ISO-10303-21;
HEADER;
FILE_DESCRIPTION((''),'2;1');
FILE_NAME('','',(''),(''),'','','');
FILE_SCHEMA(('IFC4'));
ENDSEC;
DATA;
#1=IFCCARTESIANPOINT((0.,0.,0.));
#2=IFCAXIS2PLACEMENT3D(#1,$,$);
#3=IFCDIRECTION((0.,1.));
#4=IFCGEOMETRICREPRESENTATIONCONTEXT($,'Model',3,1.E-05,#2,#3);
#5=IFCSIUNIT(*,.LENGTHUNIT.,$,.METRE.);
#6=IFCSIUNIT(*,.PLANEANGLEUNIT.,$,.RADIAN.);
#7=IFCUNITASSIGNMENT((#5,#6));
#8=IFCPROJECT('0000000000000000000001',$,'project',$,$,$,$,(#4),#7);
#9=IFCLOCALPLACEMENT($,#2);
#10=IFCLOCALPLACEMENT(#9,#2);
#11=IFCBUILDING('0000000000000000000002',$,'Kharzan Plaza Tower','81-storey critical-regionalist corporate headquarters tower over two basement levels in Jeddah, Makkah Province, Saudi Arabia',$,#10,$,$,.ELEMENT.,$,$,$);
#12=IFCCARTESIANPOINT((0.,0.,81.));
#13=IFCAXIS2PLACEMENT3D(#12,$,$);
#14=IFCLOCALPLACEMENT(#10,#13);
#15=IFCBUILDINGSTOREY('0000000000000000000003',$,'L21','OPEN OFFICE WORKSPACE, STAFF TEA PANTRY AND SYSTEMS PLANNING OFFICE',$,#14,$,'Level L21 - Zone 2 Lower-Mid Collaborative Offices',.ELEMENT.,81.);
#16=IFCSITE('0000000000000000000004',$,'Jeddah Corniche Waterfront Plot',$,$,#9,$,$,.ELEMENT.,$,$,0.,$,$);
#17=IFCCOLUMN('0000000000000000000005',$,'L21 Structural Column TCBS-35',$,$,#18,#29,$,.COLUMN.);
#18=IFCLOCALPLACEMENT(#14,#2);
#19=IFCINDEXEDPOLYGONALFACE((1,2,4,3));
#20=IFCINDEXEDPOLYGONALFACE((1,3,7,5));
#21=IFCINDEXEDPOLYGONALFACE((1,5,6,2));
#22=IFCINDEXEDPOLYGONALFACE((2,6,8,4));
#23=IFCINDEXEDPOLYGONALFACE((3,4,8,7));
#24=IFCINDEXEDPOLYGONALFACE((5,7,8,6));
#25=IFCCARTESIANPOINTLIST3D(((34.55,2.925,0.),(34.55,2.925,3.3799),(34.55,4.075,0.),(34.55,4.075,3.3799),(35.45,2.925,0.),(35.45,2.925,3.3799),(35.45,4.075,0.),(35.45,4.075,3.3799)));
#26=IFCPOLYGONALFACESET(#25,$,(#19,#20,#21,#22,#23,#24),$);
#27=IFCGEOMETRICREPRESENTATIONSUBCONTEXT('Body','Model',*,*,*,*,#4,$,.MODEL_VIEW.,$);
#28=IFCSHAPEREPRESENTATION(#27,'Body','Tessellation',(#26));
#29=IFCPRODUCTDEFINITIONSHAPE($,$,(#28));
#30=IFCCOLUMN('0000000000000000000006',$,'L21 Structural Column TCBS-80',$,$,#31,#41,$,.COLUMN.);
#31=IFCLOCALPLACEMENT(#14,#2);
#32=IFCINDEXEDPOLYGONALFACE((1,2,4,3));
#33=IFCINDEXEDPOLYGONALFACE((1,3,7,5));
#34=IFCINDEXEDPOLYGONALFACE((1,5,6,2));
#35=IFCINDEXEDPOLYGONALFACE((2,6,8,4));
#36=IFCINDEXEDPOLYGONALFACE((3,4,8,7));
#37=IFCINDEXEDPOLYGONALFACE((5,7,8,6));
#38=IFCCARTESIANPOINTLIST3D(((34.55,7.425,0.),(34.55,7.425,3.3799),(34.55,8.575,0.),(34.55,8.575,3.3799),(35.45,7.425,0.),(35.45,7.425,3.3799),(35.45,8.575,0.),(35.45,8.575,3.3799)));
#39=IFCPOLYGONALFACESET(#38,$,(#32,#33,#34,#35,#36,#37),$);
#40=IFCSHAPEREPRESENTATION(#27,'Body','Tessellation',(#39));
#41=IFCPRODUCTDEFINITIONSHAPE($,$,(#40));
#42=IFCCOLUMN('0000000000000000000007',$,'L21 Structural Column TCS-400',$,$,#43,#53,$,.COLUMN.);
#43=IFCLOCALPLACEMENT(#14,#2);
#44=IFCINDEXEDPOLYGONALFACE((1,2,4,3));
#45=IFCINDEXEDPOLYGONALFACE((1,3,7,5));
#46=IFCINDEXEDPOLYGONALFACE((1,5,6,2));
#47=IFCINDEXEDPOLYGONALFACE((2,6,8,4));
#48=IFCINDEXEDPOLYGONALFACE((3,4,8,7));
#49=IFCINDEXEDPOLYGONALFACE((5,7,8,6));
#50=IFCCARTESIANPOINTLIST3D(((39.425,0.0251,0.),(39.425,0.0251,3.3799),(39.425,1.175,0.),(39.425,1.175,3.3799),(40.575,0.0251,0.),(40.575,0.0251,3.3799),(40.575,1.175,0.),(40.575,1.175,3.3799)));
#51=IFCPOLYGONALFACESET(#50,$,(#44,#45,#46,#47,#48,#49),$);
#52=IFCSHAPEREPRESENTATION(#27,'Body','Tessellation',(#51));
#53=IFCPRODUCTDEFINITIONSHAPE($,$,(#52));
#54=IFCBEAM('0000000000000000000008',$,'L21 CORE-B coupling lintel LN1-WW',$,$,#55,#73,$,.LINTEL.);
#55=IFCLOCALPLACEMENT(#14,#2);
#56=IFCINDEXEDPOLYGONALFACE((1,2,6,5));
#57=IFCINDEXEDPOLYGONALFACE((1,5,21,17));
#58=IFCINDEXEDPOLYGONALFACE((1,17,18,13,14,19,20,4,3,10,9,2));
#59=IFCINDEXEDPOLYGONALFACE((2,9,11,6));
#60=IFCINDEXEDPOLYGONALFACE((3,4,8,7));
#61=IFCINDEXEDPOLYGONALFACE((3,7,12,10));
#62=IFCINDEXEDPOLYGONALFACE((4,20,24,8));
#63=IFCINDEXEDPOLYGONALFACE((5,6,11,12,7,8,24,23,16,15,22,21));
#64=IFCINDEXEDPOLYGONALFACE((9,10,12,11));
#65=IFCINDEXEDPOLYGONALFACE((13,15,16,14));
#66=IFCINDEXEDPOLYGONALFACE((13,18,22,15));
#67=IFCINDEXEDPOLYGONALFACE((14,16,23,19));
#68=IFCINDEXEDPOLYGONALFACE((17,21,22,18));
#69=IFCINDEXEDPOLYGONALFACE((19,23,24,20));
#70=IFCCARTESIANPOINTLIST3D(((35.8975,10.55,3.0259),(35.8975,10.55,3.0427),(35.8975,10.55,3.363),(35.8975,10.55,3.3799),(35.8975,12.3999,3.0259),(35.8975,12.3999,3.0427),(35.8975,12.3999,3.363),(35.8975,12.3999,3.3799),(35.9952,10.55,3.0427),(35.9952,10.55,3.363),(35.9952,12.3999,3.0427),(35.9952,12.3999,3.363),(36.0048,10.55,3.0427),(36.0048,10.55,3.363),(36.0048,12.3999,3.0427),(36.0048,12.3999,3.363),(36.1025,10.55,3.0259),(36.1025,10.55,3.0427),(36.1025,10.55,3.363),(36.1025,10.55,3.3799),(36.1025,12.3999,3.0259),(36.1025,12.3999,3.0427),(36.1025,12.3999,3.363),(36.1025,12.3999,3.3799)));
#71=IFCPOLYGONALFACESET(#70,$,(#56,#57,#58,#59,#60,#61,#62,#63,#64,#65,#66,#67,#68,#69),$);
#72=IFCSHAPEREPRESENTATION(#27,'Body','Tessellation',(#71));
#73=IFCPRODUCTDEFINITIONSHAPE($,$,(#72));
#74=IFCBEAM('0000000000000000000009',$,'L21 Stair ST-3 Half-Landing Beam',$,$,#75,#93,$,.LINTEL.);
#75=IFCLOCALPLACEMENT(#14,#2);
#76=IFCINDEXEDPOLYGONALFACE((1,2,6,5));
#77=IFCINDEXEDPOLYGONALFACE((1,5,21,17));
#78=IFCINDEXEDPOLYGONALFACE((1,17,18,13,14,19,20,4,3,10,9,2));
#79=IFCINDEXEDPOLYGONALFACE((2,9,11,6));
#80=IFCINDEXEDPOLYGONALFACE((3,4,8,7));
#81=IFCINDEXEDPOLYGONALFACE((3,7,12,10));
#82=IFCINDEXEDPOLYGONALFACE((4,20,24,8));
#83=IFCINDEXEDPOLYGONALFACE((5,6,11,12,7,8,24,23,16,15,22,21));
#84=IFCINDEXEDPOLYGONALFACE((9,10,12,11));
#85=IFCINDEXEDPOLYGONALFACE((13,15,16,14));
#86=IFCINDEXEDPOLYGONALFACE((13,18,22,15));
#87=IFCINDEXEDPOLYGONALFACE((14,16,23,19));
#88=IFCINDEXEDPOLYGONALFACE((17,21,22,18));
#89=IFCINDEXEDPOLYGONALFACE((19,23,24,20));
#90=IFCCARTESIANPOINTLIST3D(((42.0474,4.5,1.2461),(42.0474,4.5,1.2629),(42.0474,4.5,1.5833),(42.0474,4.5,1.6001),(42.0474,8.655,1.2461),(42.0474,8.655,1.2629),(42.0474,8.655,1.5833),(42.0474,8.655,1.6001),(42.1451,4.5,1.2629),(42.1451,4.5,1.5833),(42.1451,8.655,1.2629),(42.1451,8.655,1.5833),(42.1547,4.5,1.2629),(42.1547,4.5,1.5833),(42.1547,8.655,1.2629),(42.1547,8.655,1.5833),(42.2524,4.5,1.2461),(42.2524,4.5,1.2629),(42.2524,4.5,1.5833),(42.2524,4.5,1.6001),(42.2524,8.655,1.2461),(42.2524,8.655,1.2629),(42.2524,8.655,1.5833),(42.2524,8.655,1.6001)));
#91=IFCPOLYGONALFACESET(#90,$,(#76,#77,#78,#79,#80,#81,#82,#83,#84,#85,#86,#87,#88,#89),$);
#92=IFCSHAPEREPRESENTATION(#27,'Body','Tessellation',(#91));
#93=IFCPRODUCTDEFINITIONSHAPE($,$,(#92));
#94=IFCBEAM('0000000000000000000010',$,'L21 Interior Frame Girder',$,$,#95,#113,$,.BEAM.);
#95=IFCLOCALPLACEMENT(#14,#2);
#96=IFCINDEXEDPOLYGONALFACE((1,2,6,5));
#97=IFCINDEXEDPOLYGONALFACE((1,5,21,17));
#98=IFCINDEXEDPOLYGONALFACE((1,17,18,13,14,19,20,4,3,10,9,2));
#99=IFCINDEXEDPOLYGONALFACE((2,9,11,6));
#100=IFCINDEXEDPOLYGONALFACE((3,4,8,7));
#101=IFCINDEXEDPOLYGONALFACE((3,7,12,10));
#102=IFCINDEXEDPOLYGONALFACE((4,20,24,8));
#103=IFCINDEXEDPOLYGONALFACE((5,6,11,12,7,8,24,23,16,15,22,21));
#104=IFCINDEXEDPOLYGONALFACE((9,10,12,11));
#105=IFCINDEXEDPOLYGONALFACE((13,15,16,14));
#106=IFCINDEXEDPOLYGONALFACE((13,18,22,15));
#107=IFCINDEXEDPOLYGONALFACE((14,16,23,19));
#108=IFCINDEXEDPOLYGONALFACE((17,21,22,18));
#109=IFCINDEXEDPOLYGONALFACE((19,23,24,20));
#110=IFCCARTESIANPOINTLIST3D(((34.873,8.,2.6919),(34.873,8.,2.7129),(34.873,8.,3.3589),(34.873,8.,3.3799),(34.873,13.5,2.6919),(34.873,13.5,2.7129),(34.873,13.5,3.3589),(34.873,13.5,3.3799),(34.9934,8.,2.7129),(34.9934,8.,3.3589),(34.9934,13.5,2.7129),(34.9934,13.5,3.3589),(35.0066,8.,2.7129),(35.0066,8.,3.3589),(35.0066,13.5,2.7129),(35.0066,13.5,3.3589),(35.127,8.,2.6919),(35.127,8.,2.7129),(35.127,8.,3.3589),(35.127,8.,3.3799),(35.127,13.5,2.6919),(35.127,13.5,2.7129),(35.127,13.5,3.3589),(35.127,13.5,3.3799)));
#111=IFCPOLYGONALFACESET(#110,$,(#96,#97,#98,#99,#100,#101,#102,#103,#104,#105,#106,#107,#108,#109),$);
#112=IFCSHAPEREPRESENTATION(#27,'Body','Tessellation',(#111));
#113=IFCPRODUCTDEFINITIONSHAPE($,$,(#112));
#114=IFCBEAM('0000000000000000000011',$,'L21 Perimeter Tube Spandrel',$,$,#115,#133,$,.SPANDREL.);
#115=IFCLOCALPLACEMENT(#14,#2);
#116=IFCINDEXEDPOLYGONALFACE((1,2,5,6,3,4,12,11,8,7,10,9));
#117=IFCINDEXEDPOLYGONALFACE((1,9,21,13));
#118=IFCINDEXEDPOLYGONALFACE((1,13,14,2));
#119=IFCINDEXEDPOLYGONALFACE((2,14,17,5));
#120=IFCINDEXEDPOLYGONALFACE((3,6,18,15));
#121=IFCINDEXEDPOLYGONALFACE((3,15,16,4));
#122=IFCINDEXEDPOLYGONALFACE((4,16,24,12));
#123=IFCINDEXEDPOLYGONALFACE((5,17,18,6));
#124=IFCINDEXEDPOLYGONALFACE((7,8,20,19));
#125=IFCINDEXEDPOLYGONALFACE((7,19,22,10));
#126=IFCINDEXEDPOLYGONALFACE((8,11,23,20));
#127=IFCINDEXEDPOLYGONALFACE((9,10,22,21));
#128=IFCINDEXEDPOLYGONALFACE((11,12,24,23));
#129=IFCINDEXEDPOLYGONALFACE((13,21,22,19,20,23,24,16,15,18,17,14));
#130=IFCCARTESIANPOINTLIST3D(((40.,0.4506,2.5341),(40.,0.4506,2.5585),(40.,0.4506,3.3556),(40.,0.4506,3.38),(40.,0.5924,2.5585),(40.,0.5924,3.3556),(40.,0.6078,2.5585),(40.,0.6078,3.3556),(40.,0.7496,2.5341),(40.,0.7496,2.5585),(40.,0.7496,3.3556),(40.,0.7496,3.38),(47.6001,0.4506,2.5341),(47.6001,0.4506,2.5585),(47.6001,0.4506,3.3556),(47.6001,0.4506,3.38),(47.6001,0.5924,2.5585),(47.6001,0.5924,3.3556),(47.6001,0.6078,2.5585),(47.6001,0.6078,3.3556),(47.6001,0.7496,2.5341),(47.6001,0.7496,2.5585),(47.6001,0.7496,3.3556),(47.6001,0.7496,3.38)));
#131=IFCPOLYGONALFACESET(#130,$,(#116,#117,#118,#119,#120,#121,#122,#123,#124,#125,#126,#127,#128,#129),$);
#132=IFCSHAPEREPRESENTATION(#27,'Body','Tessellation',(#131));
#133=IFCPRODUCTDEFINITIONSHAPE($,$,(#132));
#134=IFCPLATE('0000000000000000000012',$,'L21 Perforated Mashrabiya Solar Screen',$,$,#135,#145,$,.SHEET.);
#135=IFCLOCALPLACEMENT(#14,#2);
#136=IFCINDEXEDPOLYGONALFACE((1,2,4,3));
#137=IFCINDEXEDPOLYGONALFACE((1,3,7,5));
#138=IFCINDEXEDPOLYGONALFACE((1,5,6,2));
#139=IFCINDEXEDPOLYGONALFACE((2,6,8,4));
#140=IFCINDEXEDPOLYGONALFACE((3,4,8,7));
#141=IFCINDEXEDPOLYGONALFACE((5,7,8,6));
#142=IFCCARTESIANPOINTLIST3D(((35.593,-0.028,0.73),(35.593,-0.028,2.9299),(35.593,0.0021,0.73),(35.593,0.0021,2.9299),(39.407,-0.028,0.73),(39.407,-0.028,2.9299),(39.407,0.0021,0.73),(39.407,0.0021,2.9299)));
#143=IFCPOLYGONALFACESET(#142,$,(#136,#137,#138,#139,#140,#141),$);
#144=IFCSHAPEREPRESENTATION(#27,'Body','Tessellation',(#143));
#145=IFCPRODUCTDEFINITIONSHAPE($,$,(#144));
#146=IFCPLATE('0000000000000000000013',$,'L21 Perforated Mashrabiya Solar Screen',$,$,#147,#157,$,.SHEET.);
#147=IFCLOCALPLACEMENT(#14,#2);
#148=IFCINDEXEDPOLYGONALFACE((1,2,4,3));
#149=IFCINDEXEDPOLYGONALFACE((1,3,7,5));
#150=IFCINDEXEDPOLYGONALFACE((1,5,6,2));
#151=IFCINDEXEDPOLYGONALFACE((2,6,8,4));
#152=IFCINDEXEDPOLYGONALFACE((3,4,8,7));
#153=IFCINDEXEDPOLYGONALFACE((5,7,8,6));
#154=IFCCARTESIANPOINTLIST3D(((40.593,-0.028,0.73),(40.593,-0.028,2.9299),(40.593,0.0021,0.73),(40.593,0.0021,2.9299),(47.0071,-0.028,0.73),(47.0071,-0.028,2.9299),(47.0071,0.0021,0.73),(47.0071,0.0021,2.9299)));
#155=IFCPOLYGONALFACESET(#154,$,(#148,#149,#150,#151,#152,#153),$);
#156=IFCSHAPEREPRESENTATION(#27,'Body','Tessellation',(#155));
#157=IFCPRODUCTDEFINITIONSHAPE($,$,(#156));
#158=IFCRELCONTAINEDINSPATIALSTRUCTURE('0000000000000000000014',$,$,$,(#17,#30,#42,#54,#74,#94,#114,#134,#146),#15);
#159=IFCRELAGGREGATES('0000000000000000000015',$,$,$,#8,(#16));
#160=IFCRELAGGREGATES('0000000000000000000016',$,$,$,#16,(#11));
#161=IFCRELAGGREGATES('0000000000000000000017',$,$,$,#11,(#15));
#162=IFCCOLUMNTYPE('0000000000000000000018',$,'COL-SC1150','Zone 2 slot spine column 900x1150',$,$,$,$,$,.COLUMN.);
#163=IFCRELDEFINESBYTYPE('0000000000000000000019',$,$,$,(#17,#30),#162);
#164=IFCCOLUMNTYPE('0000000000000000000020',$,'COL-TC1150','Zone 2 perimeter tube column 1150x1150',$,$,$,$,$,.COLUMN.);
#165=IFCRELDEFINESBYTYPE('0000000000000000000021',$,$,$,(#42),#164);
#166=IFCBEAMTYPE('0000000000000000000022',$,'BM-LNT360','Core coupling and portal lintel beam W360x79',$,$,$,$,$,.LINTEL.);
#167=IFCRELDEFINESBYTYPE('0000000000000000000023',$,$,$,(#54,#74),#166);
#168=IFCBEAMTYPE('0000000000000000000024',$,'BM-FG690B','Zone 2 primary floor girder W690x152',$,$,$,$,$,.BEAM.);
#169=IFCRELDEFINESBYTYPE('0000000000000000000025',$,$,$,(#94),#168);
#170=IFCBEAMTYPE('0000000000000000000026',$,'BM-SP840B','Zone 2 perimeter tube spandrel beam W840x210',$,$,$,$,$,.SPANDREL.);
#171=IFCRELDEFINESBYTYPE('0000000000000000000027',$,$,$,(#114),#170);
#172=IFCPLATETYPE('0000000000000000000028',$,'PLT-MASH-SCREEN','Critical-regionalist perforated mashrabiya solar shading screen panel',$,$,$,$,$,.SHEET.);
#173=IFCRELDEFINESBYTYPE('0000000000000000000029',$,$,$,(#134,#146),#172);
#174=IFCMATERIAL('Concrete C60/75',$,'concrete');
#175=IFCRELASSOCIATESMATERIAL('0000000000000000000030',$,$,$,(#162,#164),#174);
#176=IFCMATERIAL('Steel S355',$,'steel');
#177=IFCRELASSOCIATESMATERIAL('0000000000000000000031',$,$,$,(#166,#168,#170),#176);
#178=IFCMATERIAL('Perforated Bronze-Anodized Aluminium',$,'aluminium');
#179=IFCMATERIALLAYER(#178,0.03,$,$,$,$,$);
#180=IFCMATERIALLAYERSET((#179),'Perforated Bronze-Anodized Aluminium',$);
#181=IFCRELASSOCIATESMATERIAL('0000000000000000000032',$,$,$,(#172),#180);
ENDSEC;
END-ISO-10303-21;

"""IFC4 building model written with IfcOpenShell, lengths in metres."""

from ifc_helpers import new_model, si_unit, direction, frame, origin, origin_2d, place, context, subcontext, project, spatial, rectangle, i_section, extrude, source, transform, mapped, material, layer, layer_set, material_profile, profile_set, type_object, element, save


model = new_model("IFC4")

# Units and contexts
model_context = context("Model", 3, precision=1e-05, world=origin(), true_north=direction((0.0, 1.0)))
body_context = subcontext(model_context, "Body", "Model", "MODEL_VIEW")
ifc_project = project(units=[si_unit("LENGTHUNIT", "METRE"), si_unit("PLANEANGLEUNIT", "RADIAN")], contexts=[model_context])

# Site, building, storey
site_placement = place(None, origin())
site = spatial("IfcSite", under=ifc_project, at=site_placement, Name="Jeddah Corniche Waterfront Plot", CompositionType="ELEMENT", RefElevation=0.0)
building_placement = place(site_placement, origin())
building = spatial("IfcBuilding", under=site, at=building_placement, Name="Kharzan Plaza Tower", Description="81-storey critical-regionalist corporate headquarters tower over two basement levels in Jeddah, Makkah Province, Saudi Arabia", CompositionType="ELEMENT")
storey_placement = place(building_placement, frame((0.0, 0.0, 81.0)))
storey = spatial("IfcBuildingStorey", under=building, at=storey_placement, Name="L21", Description="OPEN OFFICE WORKSPACE, STAFF TEA PANTRY AND SYSTEMS PLANNING OFFICE", LongName="Level L21 - Zone 2 Lower-Mid Collaborative Offices", CompositionType="ELEMENT", Elevation=81.0)

# Columns
ifc_material_1 = material(Name="Concrete C60/75", Category="concrete")
ifc_material_profile_1 = material_profile(ifc_material_1, rectangle(XDim=0.8999, YDim=1.1499, at=origin_2d()), Name="RC-SC1150x900")
ifc_profile_set_1 = profile_set([ifc_material_profile_1], Name="Concrete C60/75")
column_type_1 = type_object("IfcColumnType", Name="COL-SC1150", Description="Zone 2 slot spine column 900x1150", PredefinedType="COLUMN", material=ifc_profile_set_1)
shared_shape_1 = source(origin(), body_context, "Body", "SweptSolid", [
    extrude(rectangle(XDim=0.8999, YDim=1.1499, at=origin_2d()), origin(), (0.0, 0.0, 1.0), 3.3799),
])
for number, where, z_axis, x_axis, name in (
    (1, (35.0, 3.5, 0.0), (0.0, 0.0, 1.0), (1.0, 0.0, 0.0), "L21 Structural Column TCBS-35"),
    (2, (35.0, 8.0, 0.0), (0.0, 0.0, 1.0), (1.0, 0.0, 0.0), "L21 Structural Column TCBS-80"),
):
    element("IfcColumn", number, at=place(storey_placement, frame(where, z_axis=z_axis, x_axis=x_axis)), inside=storey, type_object=column_type_1, Name=name, PredefinedType="COLUMN", context=body_context, shape_type="MappedRepresentation", body=[
        mapped(shared_shape_1, transform((0.0, 0.0, 0.0), x_axis=(1.0, 0.0, 0.0), y_axis=(0.0, 1.0, 0.0), z_axis=(0.0, 0.0, 1.0))),
    ])
ifc_material_profile_2 = material_profile(ifc_material_1, rectangle(XDim=1.1499, YDim=1.1499, at=origin_2d()), Name="RC-TC1150x1150")
ifc_profile_set_2 = profile_set([ifc_material_profile_2], Name="Concrete C60/75")
column_type_2 = type_object("IfcColumnType", Name="COL-TC1150", Description="Zone 2 perimeter tube column 1150x1150", PredefinedType="COLUMN", material=ifc_profile_set_2)
shared_shape_2 = source(origin(), body_context, "Body", "SweptSolid", [
    extrude(rectangle(XDim=1.1499, YDim=1.1499, at=origin_2d()), origin(), (0.0, 0.0, 1.0), 3.3799),
])
column_placement = place(storey_placement, frame((40.0, 0.6001, 0.0), z_axis=(0.0, 0.0, 1.0), x_axis=(1.0, 0.0, 0.0)))
element("IfcColumn", 3, at=column_placement, inside=storey, type_object=column_type_2, Name="L21 Structural Column TCS-400", PredefinedType="COLUMN", context=body_context, shape_type="MappedRepresentation", body=[
    mapped(shared_shape_2, transform((0.0, 0.0, 0.0), x_axis=(1.0, 0.0, 0.0), y_axis=(0.0, 1.0, 0.0), z_axis=(0.0, 0.0, 1.0))),
])

# Beams
ifc_material_2 = material(Name="Steel S355", Category="steel")
ifc_material_profile_3 = material_profile(ifc_material_2, i_section(OverallWidth=0.2051, OverallDepth=0.354, WebThickness=0.0095, FlangeThickness=0.0168, at=origin_2d()), Name="W360x79")
ifc_profile_set_3 = profile_set([ifc_material_profile_3], Name="Steel S355")
beam_type_1 = type_object("IfcBeamType", Name="BM-LNT360", Description="Core coupling and portal lintel beam W360x79", PredefinedType="LINTEL", material=ifc_profile_set_3)
shared_shape_3 = source(origin(), body_context, "Body", "SweptSolid", [
    extrude(i_section(OverallWidth=0.2051, OverallDepth=0.354, WebThickness=0.0095, FlangeThickness=0.0168, at=origin_2d()), origin(), (0.0, 0.0, 1.0), 1.8499),
])
beam_1_placement = place(storey_placement, frame((36.0, 10.55, 3.2029), z_axis=(0.0, 1.0, 0.0), x_axis=(-1.0, 0.0, 0.0)))
element("IfcBeam", 4, at=beam_1_placement, inside=storey, type_object=beam_type_1, Name="L21 CORE-B coupling lintel LN1-WW", PredefinedType="LINTEL", context=body_context, shape_type="MappedRepresentation", body=[
    mapped(shared_shape_3, transform((0.0, 0.0, 0.0), x_axis=(1.0, 0.0, 0.0), y_axis=(0.0, 1.0, 0.0), z_axis=(0.0, 0.0, 1.0))),
])
shared_shape_4 = source(origin(), body_context, "Body", "SweptSolid", [
    extrude(i_section(OverallWidth=0.2051, OverallDepth=0.354, WebThickness=0.0095, FlangeThickness=0.0168, at=origin_2d()), origin(), (0.0, 0.0, 1.0), 4.155),
])
beam_2_placement = place(storey_placement, frame((42.1499, 4.5, 1.4231), z_axis=(0.0, 1.0, 0.0), x_axis=(-1.0, 0.0, 0.0)))
element("IfcBeam", 5, at=beam_2_placement, inside=storey, type_object=beam_type_1, Name="L21 Stair ST-3 Half-Landing Beam", PredefinedType="LINTEL", context=body_context, shape_type="MappedRepresentation", body=[
    mapped(shared_shape_4, transform((0.0, 0.0, 0.0), x_axis=(1.0, 0.0, 0.0), y_axis=(0.0, 1.0, 0.0), z_axis=(0.0, 0.0, 1.0))),
])
ifc_material_profile_4 = material_profile(ifc_material_2, i_section(OverallWidth=0.2539, OverallDepth=0.688, WebThickness=0.0132, FlangeThickness=0.021, at=origin_2d()), Name="W690x152")
ifc_profile_set_4 = profile_set([ifc_material_profile_4], Name="Steel S355")
beam_type_2 = type_object("IfcBeamType", Name="BM-FG690B", Description="Zone 2 primary floor girder W690x152", PredefinedType="BEAM", material=ifc_profile_set_4)
shared_shape_5 = source(origin(), body_context, "Body", "SweptSolid", [
    extrude(i_section(OverallWidth=0.2539, OverallDepth=0.688, WebThickness=0.0132, FlangeThickness=0.021, at=origin_2d()), origin(), (0.0, 0.0, 1.0), 5.5),
])
beam_3_placement = place(storey_placement, frame((35.0, 8.0, 3.0359), z_axis=(0.0, 1.0, 0.0), x_axis=(-1.0, 0.0, 0.0)))
element("IfcBeam", 6, at=beam_3_placement, inside=storey, type_object=beam_type_2, Name="L21 Interior Frame Girder", PredefinedType="BEAM", context=body_context, shape_type="MappedRepresentation", body=[
    mapped(shared_shape_5, transform((0.0, 0.0, 0.0), x_axis=(1.0, 0.0, 0.0), y_axis=(0.0, 1.0, 0.0), z_axis=(0.0, 0.0, 1.0))),
])
ifc_material_profile_5 = material_profile(ifc_material_2, i_section(OverallWidth=0.2991, OverallDepth=0.8459, WebThickness=0.0154, FlangeThickness=0.0244, at=origin_2d()), Name="W840x210")
ifc_profile_set_5 = profile_set([ifc_material_profile_5], Name="Steel S355")
beam_type_3 = type_object("IfcBeamType", Name="BM-SP840B", Description="Zone 2 perimeter tube spandrel beam W840x210", PredefinedType="SPANDREL", material=ifc_profile_set_5)
shared_shape_6 = source(origin(), body_context, "Body", "SweptSolid", [
    extrude(i_section(OverallWidth=0.2991, OverallDepth=0.8459, WebThickness=0.0154, FlangeThickness=0.0244, at=origin_2d()), origin(), (0.0, 0.0, 1.0), 7.6001),
])
beam_4_placement = place(storey_placement, frame((40.0, 0.6001, 2.957), z_axis=(1.0, 0.0, 0.0), x_axis=(0.0, 1.0, 0.0)))
element("IfcBeam", 7, at=beam_4_placement, inside=storey, type_object=beam_type_3, Name="L21 Perimeter Tube Spandrel", PredefinedType="SPANDREL", context=body_context, shape_type="MappedRepresentation", body=[
    mapped(shared_shape_6, transform((0.0, 0.0, 0.0), x_axis=(1.0, 0.0, 0.0), y_axis=(0.0, 1.0, 0.0), z_axis=(0.0, 0.0, 1.0))),
])

# Plates
ifc_material_3 = material(Name="Perforated Bronze-Anodized Aluminium", Category="aluminium")
ifc_layer_1 = layer(ifc_material_3, 0.03)
ifc_layer_set_1 = layer_set([ifc_layer_1], Name="Perforated Bronze-Anodized Aluminium")
plate_type = type_object("IfcPlateType", Name="PLT-MASH-SCREEN", Description="Critical-regionalist perforated mashrabiya solar shading screen panel", PredefinedType="SHEET", material=ifc_layer_set_1)
shared_shape_7 = source(origin(), body_context, "Body", "SweptSolid", [
    extrude(rectangle(XDim=3.814, YDim=0.03, at=origin_2d()), origin(), (0.0, 0.0, 1.0), 2.2),
])
plate_1_placement = place(storey_placement, frame((37.5, -0.0129, 0.73), z_axis=(0.0, 0.0, 1.0), x_axis=(1.0, 0.0, 0.0)))
element("IfcPlate", 8, at=plate_1_placement, inside=storey, type_object=plate_type, Name="L21 Perforated Mashrabiya Solar Screen", PredefinedType="SHEET", context=body_context, shape_type="MappedRepresentation", body=[
    mapped(shared_shape_7, transform((0.0, 0.0, 0.0), x_axis=(1.0, 0.0, 0.0), y_axis=(0.0, 1.0, 0.0), z_axis=(0.0, 0.0, 1.0))),
])
shared_shape_8 = source(origin(), body_context, "Body", "SweptSolid", [
    extrude(rectangle(XDim=6.4141, YDim=0.03, at=origin_2d()), origin(), (0.0, 0.0, 1.0), 2.2),
])
plate_2_placement = place(storey_placement, frame((43.8, -0.0129, 0.73), z_axis=(0.0, 0.0, 1.0), x_axis=(1.0, 0.0, 0.0)))
element("IfcPlate", 9, at=plate_2_placement, inside=storey, type_object=plate_type, Name="L21 Perforated Mashrabiya Solar Screen", PredefinedType="SHEET", context=body_context, shape_type="MappedRepresentation", body=[
    mapped(shared_shape_8, transform((0.0, 0.0, 0.0), x_axis=(1.0, 0.0, 0.0), y_axis=(0.0, 1.0, 0.0), z_axis=(0.0, 0.0, 1.0))),
])

save(model, "model.ifc")
